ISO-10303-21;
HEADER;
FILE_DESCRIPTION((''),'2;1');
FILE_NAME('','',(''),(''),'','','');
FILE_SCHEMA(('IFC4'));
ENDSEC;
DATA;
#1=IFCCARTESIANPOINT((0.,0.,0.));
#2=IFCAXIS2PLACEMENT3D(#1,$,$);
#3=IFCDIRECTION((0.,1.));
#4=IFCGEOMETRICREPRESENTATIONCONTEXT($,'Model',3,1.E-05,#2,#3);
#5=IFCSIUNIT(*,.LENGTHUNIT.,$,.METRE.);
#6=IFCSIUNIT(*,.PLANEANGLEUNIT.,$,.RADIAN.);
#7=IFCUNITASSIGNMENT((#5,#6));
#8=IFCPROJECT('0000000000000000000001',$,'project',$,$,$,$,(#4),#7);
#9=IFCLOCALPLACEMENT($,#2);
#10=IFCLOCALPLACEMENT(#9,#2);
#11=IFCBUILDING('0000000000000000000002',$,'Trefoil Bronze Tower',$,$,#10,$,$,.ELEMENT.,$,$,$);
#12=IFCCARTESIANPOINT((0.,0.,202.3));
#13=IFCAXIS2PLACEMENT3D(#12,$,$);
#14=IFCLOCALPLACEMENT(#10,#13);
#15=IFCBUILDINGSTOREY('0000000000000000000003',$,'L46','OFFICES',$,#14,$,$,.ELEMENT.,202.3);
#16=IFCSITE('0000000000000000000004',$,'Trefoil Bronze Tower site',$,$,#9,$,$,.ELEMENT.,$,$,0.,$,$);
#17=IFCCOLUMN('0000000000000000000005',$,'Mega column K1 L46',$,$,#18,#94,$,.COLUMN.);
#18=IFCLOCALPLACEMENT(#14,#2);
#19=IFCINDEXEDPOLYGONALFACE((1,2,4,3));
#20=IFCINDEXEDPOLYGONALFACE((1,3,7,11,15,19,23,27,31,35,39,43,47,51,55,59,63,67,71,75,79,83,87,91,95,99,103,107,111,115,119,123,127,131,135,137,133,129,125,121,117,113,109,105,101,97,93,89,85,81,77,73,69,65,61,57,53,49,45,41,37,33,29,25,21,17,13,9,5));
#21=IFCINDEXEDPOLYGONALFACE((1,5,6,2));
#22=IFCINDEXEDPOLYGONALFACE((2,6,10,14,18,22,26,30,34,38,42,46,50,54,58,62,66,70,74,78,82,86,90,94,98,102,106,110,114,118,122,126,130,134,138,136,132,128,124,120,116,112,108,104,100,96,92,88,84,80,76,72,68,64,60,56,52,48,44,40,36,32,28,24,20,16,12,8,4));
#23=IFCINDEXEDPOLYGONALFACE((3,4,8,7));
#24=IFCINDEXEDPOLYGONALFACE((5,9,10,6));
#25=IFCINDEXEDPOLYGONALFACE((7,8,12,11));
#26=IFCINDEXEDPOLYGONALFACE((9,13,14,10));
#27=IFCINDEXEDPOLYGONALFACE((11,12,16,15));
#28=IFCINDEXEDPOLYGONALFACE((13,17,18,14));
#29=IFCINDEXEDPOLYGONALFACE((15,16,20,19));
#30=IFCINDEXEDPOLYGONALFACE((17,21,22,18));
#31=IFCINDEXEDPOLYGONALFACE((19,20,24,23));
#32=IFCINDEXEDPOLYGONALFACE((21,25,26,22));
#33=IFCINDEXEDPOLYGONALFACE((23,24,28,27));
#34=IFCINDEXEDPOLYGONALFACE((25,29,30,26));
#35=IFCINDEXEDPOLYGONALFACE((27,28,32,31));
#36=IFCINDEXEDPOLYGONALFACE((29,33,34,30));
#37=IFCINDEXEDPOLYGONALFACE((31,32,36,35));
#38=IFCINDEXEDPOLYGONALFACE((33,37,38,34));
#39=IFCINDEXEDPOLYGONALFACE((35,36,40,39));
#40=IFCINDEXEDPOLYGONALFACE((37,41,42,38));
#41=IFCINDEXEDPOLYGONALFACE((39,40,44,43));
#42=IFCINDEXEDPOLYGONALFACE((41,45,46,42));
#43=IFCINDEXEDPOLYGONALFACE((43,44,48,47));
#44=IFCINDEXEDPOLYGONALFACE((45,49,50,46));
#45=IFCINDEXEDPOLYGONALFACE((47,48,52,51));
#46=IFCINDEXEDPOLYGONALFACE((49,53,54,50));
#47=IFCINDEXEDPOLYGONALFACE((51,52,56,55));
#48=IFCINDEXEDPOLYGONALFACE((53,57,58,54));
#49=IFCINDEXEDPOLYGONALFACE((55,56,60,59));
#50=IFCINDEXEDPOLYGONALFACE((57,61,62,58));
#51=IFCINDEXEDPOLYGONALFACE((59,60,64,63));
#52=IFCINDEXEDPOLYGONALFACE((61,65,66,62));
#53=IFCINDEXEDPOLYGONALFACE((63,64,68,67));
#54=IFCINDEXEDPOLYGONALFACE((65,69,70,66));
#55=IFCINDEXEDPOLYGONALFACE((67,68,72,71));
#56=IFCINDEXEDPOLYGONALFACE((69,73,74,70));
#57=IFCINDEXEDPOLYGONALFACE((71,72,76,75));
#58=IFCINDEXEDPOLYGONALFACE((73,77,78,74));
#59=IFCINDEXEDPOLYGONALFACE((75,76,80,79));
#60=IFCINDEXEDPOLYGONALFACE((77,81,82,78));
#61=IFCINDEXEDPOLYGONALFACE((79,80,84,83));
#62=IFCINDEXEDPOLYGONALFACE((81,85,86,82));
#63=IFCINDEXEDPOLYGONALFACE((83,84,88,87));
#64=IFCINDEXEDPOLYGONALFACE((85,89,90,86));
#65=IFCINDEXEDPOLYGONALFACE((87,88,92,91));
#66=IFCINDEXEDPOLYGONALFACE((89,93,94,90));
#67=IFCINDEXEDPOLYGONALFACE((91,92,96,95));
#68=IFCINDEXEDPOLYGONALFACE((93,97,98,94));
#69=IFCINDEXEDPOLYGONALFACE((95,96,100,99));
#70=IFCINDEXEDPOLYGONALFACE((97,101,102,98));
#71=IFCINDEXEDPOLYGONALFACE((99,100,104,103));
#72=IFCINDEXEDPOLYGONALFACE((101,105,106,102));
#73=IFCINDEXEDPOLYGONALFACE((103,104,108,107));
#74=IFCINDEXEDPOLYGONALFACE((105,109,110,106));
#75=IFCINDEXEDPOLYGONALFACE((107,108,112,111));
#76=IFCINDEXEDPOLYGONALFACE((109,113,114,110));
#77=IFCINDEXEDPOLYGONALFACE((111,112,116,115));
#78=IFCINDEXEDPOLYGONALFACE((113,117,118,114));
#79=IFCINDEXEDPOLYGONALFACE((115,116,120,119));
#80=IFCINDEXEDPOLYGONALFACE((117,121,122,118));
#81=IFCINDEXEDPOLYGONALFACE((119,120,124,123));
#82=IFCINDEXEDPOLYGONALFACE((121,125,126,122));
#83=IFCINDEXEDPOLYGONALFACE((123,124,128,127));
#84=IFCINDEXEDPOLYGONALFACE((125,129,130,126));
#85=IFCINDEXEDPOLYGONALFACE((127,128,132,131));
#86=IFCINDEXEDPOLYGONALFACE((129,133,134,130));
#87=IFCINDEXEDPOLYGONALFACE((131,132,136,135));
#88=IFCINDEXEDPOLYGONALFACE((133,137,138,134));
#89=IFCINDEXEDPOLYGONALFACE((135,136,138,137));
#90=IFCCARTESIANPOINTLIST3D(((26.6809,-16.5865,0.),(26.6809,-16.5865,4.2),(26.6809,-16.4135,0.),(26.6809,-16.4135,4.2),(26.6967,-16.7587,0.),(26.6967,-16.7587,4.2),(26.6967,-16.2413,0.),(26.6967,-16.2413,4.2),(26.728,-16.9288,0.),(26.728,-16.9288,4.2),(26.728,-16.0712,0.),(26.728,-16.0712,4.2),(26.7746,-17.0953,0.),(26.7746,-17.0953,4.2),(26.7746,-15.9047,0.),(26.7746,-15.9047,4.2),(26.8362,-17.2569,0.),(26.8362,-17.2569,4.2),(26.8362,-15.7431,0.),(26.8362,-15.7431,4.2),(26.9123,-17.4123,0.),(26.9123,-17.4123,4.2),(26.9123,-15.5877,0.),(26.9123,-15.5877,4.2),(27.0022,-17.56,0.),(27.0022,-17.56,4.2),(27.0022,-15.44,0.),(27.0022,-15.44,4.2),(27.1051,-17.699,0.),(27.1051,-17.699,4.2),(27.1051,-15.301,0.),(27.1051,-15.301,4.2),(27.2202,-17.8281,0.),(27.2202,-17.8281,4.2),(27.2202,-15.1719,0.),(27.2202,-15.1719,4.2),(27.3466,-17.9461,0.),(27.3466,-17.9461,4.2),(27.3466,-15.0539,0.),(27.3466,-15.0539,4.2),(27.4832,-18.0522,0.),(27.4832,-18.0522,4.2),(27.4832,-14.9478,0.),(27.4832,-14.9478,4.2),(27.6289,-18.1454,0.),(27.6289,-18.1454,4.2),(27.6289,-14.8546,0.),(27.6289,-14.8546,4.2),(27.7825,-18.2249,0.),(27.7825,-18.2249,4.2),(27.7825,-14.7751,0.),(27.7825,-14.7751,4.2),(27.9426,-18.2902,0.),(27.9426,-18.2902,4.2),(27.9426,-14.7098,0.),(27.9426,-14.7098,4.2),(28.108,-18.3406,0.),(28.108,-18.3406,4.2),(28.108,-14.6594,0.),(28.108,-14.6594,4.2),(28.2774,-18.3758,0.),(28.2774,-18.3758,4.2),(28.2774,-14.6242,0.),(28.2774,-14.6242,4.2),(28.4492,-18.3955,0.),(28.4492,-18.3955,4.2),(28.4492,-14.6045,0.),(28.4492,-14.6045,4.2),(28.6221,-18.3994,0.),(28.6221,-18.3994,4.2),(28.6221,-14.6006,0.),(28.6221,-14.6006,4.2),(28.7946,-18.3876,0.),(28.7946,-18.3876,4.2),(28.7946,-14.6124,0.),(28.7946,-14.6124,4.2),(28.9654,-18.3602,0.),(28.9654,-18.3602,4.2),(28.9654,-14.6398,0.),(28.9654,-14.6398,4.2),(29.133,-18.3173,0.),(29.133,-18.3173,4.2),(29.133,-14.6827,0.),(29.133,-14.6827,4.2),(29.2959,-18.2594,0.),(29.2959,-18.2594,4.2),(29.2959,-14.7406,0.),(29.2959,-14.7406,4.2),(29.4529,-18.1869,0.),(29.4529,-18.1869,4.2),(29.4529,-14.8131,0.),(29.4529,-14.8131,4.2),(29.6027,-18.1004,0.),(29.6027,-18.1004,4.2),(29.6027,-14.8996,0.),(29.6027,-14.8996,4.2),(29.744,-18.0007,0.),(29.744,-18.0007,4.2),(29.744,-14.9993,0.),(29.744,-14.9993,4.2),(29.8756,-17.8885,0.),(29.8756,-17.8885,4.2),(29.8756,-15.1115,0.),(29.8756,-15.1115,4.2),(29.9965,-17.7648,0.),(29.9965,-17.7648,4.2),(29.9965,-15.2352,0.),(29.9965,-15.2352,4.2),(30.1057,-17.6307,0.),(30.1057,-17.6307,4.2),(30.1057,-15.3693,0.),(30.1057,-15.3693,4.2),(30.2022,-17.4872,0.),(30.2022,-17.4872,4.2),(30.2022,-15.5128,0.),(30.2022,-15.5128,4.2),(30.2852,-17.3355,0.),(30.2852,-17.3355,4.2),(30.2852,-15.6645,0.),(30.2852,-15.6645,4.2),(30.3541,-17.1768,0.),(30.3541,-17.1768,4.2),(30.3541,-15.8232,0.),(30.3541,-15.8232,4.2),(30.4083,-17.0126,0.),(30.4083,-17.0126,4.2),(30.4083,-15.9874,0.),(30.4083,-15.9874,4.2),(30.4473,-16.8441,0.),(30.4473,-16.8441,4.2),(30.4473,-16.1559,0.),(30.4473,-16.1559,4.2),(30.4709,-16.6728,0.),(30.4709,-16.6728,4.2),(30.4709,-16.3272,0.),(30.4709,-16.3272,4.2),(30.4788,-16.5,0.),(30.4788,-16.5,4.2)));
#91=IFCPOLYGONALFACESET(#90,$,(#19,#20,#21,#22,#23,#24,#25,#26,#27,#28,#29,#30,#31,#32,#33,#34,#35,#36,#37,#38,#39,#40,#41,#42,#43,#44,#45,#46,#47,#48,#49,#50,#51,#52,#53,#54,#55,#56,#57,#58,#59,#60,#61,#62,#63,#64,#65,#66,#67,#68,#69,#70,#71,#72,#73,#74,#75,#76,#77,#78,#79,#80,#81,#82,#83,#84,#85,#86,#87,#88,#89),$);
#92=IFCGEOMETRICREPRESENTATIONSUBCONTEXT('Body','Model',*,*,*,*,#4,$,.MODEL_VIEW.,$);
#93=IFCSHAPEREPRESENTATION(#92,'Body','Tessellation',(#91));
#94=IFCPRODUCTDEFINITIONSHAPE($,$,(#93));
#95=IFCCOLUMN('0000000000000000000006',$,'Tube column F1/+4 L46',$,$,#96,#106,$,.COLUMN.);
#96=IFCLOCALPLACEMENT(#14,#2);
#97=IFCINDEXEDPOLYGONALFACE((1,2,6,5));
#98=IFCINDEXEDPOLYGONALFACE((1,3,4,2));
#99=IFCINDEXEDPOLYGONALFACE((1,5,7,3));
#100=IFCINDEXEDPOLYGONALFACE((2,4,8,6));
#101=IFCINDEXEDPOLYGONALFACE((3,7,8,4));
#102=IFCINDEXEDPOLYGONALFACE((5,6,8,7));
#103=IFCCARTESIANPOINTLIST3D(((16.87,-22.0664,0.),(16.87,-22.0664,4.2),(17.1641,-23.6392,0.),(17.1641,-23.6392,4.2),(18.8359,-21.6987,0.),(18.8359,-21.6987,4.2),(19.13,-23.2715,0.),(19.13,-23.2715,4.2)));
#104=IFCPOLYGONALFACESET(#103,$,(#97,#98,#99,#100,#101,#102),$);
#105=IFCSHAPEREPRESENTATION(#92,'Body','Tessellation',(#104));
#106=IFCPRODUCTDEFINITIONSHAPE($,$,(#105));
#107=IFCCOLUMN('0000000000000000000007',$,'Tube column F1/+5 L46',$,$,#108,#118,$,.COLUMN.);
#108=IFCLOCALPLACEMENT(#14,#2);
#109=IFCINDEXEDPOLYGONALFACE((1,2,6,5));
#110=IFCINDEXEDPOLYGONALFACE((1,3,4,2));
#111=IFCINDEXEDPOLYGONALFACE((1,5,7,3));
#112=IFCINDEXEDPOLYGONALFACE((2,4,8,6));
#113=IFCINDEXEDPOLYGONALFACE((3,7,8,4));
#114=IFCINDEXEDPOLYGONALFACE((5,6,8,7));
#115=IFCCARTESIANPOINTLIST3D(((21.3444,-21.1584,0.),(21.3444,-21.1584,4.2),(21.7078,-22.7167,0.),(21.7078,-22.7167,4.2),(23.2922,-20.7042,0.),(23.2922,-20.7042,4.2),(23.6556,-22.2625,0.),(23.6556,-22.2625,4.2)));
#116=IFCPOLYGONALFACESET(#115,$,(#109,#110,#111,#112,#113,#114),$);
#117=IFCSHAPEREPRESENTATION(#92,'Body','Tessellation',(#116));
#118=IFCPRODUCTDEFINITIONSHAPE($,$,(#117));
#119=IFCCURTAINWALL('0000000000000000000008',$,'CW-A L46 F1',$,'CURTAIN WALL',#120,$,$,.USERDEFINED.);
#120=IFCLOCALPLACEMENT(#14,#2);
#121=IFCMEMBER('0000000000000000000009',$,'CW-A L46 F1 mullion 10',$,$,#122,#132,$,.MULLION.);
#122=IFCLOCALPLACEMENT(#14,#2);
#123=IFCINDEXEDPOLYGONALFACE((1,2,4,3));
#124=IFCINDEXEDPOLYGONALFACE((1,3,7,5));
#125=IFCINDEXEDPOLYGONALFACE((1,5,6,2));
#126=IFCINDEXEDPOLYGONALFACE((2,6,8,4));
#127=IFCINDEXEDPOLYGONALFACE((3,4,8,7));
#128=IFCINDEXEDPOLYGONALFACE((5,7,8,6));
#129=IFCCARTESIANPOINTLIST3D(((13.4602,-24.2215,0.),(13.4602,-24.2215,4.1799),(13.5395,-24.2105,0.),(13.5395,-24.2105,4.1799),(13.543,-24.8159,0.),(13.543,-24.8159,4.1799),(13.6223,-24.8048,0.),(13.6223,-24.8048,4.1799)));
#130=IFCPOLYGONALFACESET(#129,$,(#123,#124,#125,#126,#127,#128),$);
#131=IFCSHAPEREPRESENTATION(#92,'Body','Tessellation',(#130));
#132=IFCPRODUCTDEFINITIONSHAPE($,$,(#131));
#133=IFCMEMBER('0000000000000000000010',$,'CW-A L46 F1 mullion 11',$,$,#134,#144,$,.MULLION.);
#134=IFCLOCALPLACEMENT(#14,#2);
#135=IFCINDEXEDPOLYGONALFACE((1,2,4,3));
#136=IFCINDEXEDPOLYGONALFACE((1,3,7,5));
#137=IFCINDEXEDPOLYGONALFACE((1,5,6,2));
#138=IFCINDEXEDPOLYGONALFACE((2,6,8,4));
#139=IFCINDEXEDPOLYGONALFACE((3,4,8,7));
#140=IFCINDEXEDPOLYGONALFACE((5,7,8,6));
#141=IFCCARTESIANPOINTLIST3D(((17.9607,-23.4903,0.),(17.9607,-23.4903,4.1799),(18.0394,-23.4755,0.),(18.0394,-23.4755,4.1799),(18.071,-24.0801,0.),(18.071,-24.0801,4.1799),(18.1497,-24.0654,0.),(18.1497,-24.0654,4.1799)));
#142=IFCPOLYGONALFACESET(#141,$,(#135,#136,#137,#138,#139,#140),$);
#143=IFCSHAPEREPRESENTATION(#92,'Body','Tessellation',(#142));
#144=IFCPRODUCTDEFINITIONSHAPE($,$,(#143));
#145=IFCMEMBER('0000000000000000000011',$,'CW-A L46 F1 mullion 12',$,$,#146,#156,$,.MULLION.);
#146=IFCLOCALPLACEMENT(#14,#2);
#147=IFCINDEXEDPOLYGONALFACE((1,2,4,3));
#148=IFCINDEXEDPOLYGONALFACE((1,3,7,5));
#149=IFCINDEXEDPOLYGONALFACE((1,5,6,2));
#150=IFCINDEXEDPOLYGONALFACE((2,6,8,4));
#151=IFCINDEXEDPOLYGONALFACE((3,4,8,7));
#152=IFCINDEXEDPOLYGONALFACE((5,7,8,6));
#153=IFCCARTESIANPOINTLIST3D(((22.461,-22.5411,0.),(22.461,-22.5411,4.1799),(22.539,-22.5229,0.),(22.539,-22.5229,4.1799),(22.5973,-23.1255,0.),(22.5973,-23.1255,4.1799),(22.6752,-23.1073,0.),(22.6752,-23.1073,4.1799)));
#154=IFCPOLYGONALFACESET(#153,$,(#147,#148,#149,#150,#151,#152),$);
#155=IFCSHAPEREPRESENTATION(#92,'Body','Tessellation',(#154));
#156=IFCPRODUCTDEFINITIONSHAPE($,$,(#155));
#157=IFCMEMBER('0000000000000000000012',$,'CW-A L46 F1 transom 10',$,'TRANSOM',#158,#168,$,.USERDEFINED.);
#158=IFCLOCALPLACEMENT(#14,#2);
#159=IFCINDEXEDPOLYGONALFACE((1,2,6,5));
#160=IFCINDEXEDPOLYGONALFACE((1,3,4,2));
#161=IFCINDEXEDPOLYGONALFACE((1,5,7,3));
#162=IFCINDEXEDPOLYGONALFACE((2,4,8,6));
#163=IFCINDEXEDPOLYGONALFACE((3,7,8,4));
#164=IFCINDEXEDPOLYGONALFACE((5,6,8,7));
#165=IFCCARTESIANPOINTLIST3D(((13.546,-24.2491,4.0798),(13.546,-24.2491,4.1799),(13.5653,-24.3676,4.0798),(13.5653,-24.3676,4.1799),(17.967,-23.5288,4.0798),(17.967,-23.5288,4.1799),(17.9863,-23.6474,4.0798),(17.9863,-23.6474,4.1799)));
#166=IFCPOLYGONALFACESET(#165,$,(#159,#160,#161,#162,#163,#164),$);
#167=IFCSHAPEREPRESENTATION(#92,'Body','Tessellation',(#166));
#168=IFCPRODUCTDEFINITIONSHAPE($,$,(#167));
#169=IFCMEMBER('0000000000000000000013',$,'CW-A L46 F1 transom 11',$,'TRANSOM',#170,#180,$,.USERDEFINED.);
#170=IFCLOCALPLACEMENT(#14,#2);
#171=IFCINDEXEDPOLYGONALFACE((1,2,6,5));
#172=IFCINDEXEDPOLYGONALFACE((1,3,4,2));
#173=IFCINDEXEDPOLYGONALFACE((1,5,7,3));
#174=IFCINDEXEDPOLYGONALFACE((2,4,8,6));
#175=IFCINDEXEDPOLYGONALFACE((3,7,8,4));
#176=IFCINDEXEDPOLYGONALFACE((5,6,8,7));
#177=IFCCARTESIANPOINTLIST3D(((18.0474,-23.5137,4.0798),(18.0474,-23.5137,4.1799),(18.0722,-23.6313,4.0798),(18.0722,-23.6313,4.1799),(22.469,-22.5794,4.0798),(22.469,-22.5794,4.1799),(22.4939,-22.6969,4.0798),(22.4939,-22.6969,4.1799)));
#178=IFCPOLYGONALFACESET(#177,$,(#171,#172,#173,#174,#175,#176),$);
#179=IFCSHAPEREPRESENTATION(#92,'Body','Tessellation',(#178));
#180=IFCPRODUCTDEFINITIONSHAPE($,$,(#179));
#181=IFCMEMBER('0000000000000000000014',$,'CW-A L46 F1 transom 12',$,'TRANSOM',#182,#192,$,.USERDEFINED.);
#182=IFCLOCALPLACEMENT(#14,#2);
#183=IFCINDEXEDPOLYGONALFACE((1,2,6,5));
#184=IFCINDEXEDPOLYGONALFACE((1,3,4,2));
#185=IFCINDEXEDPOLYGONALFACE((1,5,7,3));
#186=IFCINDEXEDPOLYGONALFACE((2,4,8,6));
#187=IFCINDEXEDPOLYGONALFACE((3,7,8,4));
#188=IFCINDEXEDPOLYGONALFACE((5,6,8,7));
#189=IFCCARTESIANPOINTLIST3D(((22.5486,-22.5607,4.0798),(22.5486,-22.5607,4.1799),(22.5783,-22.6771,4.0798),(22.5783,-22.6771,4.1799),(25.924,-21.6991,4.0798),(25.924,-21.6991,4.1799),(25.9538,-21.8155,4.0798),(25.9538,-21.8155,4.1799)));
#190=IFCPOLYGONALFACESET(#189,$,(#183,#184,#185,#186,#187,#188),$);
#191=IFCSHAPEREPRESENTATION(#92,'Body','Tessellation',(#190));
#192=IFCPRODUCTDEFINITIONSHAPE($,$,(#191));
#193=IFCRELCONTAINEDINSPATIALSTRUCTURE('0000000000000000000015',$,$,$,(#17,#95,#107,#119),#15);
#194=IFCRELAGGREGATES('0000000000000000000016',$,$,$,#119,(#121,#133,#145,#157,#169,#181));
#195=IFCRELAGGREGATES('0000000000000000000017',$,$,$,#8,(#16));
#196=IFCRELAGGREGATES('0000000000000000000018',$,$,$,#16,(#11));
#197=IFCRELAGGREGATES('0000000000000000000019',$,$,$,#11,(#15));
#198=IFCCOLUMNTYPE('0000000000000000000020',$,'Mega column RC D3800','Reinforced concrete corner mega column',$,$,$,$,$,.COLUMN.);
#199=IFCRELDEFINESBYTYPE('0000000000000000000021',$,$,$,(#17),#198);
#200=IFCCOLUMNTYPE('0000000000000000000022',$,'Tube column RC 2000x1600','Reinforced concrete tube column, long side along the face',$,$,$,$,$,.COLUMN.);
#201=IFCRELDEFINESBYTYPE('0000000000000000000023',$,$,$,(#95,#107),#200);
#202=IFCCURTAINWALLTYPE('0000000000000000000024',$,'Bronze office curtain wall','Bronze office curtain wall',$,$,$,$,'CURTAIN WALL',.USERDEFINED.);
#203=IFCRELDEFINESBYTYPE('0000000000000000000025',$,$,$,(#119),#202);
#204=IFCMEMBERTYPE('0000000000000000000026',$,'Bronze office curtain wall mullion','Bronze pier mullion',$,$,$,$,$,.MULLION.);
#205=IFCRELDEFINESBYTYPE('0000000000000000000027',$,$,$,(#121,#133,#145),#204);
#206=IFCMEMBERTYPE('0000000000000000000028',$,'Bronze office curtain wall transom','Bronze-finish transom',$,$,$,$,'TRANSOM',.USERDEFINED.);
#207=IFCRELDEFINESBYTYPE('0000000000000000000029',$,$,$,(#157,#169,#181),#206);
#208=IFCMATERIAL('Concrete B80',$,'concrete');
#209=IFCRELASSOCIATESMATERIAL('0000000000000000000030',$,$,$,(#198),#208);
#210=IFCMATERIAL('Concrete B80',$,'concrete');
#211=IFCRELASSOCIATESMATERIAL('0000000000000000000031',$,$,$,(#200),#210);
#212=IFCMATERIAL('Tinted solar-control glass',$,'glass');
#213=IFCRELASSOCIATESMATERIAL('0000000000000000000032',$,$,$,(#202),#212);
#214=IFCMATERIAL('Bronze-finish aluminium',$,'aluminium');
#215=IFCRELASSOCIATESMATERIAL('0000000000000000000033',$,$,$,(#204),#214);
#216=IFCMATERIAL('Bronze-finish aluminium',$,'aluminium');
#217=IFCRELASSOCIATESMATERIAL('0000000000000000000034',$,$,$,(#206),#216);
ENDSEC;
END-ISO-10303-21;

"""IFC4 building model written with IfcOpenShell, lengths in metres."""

from ifc_helpers import new_model, si_unit, direction, frame, origin, origin_2d, place, context, subcontext, project, spatial, rectangle, circle, extrude, material, material_profile, profile_set, type_object, element, aggregate, save


model = new_model("IFC4")

# Units and contexts
model_context = context("Model", 3, precision=1e-05, world=origin(), true_north=direction((0.0, 1.0)))
body_context = subcontext(model_context, "Body", "Model", "MODEL_VIEW")
ifc_project = project(units=[si_unit("LENGTHUNIT", "METRE"), si_unit("PLANEANGLEUNIT", "RADIAN")], contexts=[model_context])

# Site, building, storey
site_placement = place(None, origin())
site = spatial("IfcSite", under=ifc_project, at=site_placement, Name="Trefoil Bronze Tower site", CompositionType="ELEMENT", RefElevation=0.0)
building_placement = place(site_placement, origin())
building = spatial("IfcBuilding", under=site, at=building_placement, Name="Trefoil Bronze Tower", CompositionType="ELEMENT")
storey_placement = place(building_placement, frame((0.0, 0.0, 202.3)))
storey = spatial("IfcBuildingStorey", under=building, at=storey_placement, Name="L46", Description="OFFICES", CompositionType="ELEMENT", Elevation=202.3)

# Columns
ifc_material_1 = material(Name="Concrete B80", Category="concrete")
ifc_material_profile_1 = material_profile(ifc_material_1, circle(Radius=1.8999, at=origin_2d()), Name="RC D3800")
ifc_profile_set_1 = profile_set([ifc_material_profile_1], Name="Concrete B80")
column_type_1 = type_object("IfcColumnType", Name="Mega column RC D3800", Description="Reinforced concrete corner mega column", PredefinedType="COLUMN", material=ifc_profile_set_1)
column_placement = place(storey_placement, frame((28.5789, -16.5, 0.0), z_axis=(0.0, 0.0, 1.0), x_axis=(1.0, 0.0, 0.0)))
element("IfcColumn", 1, at=column_placement, inside=storey, type_object=column_type_1, Name="Mega column K1 L46", PredefinedType="COLUMN", context=body_context, shape_type="SweptSolid", body=[
    extrude(circle(Radius=1.8999, at=origin_2d()), origin(), (0.0, 0.0, 1.0), 4.2),
])
ifc_material_2 = material(Name="Concrete B80", Category="concrete")
ifc_material_profile_2 = material_profile(ifc_material_2, rectangle(XDim=2.0, YDim=1.6001, at=origin_2d()), Name="RC 2000x1600")
ifc_profile_set_2 = profile_set([ifc_material_profile_2], Name="Concrete B80")
column_type_2 = type_object("IfcColumnType", Name="Tube column RC 2000x1600", Description="Reinforced concrete tube column, long side along the face", PredefinedType="COLUMN", material=ifc_profile_set_2)
for number, where, z_axis, x_axis, name in (
    (2, (18.0, -22.6689, 0.0), (0.0, 0.0, 1.0), (0.982959, 0.183825, 0.0), "Tube column F1/+4 L46"),
    (3, (22.5, -21.7104, 0.0), (0.0, 0.0, 1.0), (0.973875, 0.227083, 0.0), "Tube column F1/+5 L46"),
):
    element("IfcColumn", number, at=place(storey_placement, frame(where, z_axis=z_axis, x_axis=x_axis)), inside=storey, type_object=column_type_2, Name=name, PredefinedType="COLUMN", context=body_context, shape_type="SweptSolid", body=[
        extrude(rectangle(XDim=2.0, YDim=1.6001, at=origin_2d()), origin(), (0.0, 0.0, 1.0), 4.2),
    ])

# Curtain wall, members
ifc_material_3 = material(Name="Tinted solar-control glass", Category="glass")
curtain_wall_type_1 = type_object("IfcCurtainWallType", Name="Bronze office curtain wall", Description="Bronze office curtain wall", ElementType="CURTAIN WALL", PredefinedType="USERDEFINED", material=ifc_material_3)
curtain_wall_1_placement = place(storey_placement, origin())
curtain_wall_1 = element("IfcCurtainWall", 4, at=curtain_wall_1_placement, inside=storey, type_object=curtain_wall_type_1, Name="CW-A L46 F1", ObjectType="CURTAIN WALL", PredefinedType="USERDEFINED")
ifc_material_4 = material(Name="Bronze-finish aluminium", Category="aluminium")
ifc_material_profile_3 = material_profile(ifc_material_4, rectangle(XDim=0.6001, YDim=0.0801, at=origin_2d()), Name="CW-A mullion")
ifc_profile_set_3 = profile_set([ifc_material_profile_3], Name="Bronze-finish aluminium")
member_type_1 = type_object("IfcMemberType", Name="Bronze office curtain wall mullion", Description="Bronze pier mullion", PredefinedType="MULLION", material=ifc_profile_set_3)
member_1_placement = place(storey_placement, frame((13.5413, -24.5132, 0.0), z_axis=(0.0, 0.0, 1.0), x_axis=(-0.137868, 0.990451, 0.0)))
member_1 = element("IfcMember", 5, at=member_1_placement, type_object=member_type_1, Name="CW-A L46 F1 mullion 10", PredefinedType="MULLION", context=body_context, shape_type="SweptSolid", body=[
    extrude(rectangle(XDim=0.6001, YDim=0.0801, at=origin_2d()), origin(), (0.0, 0.0, 1.0), 4.1799),
])
member_2_placement = place(storey_placement, frame((18.0552, -23.7778, 0.0), z_axis=(0.0, 0.0, 1.0), x_axis=(-0.183825, 0.982959, 0.0)))
member_2 = element("IfcMember", 6, at=member_2_placement, type_object=member_type_1, Name="CW-A L46 F1 mullion 11", PredefinedType="MULLION", context=body_context, shape_type="SweptSolid", body=[
    extrude(rectangle(XDim=0.6001, YDim=0.0801, at=origin_2d()), origin(), (0.0, 0.0, 1.0), 4.1799),
])
member_3_placement = place(storey_placement, frame((22.5681, -22.8242, 0.0), z_axis=(0.0, 0.0, 1.0), x_axis=(-0.227083, 0.973875, 0.0)))
member_3 = element("IfcMember", 7, at=member_3_placement, type_object=member_type_1, Name="CW-A L46 F1 mullion 12", PredefinedType="MULLION", context=body_context, shape_type="SweptSolid", body=[
    extrude(rectangle(XDim=0.6001, YDim=0.0801, at=origin_2d()), origin(), (0.0, 0.0, 1.0), 4.1799),
])
ifc_material_5 = material(Name="Bronze-finish aluminium", Category="aluminium")
ifc_material_profile_4 = material_profile(ifc_material_5, rectangle(XDim=0.1201, YDim=0.1001, at=origin_2d()), Name="CW-A transom")
ifc_profile_set_4 = profile_set([ifc_material_profile_4], Name="Bronze-finish aluminium")
member_type_2 = type_object("IfcMemberType", Name="Bronze office curtain wall transom", Description="Bronze-finish transom", ElementType="TRANSOM", PredefinedType="USERDEFINED", material=ifc_profile_set_4)
member_4_placement = place(storey_placement, frame((13.5557, -24.3083, 4.1299), z_axis=(0.986988, 0.160792, 0.0), x_axis=(-0.160792, 0.986988, 0.0)))
member_4 = element("IfcMember", 8, at=member_4_placement, type_object=member_type_2, Name="CW-A L46 F1 transom 10", ObjectType="TRANSOM", PredefinedType="USERDEFINED", context=body_context, shape_type="SweptSolid", body=[
    extrude(rectangle(XDim=0.1201, YDim=0.1001, at=origin_2d()), origin(), (0.0, 0.0, 1.0), 4.4792),
])
member_5_placement = place(storey_placement, frame((18.0598, -23.5725, 4.1299), z_axis=(0.978395, 0.206743, 0.0), x_axis=(-0.206743, 0.978395, 0.0)))
member_5 = element("IfcMember", 9, at=member_5_placement, type_object=member_type_2, Name="CW-A L46 F1 transom 11", ObjectType="TRANSOM", PredefinedType="USERDEFINED", context=body_context, shape_type="SweptSolid", body=[
    extrude(rectangle(XDim=0.1201, YDim=0.1001, at=origin_2d()), origin(), (0.0, 0.0, 1.0), 4.5193),
])
member_6_placement = place(storey_placement, frame((22.5635, -22.6189, 4.1299), z_axis=(0.968935, 0.247315, 0.0), x_axis=(-0.247315, 0.968935, 0.0)))
member_6 = element("IfcMember", 10, at=member_6_placement, type_object=member_type_2, Name="CW-A L46 F1 transom 12", ObjectType="TRANSOM", PredefinedType="USERDEFINED", context=body_context, shape_type="SweptSolid", body=[
    extrude(rectangle(XDim=0.1201, YDim=0.1001, at=origin_2d()), origin(), (0.0, 0.0, 1.0), 3.4836),
])

aggregate(curtain_wall_1, [member_1, member_2, member_3, member_4, member_5, member_6])

save(model, "model.ifc")
